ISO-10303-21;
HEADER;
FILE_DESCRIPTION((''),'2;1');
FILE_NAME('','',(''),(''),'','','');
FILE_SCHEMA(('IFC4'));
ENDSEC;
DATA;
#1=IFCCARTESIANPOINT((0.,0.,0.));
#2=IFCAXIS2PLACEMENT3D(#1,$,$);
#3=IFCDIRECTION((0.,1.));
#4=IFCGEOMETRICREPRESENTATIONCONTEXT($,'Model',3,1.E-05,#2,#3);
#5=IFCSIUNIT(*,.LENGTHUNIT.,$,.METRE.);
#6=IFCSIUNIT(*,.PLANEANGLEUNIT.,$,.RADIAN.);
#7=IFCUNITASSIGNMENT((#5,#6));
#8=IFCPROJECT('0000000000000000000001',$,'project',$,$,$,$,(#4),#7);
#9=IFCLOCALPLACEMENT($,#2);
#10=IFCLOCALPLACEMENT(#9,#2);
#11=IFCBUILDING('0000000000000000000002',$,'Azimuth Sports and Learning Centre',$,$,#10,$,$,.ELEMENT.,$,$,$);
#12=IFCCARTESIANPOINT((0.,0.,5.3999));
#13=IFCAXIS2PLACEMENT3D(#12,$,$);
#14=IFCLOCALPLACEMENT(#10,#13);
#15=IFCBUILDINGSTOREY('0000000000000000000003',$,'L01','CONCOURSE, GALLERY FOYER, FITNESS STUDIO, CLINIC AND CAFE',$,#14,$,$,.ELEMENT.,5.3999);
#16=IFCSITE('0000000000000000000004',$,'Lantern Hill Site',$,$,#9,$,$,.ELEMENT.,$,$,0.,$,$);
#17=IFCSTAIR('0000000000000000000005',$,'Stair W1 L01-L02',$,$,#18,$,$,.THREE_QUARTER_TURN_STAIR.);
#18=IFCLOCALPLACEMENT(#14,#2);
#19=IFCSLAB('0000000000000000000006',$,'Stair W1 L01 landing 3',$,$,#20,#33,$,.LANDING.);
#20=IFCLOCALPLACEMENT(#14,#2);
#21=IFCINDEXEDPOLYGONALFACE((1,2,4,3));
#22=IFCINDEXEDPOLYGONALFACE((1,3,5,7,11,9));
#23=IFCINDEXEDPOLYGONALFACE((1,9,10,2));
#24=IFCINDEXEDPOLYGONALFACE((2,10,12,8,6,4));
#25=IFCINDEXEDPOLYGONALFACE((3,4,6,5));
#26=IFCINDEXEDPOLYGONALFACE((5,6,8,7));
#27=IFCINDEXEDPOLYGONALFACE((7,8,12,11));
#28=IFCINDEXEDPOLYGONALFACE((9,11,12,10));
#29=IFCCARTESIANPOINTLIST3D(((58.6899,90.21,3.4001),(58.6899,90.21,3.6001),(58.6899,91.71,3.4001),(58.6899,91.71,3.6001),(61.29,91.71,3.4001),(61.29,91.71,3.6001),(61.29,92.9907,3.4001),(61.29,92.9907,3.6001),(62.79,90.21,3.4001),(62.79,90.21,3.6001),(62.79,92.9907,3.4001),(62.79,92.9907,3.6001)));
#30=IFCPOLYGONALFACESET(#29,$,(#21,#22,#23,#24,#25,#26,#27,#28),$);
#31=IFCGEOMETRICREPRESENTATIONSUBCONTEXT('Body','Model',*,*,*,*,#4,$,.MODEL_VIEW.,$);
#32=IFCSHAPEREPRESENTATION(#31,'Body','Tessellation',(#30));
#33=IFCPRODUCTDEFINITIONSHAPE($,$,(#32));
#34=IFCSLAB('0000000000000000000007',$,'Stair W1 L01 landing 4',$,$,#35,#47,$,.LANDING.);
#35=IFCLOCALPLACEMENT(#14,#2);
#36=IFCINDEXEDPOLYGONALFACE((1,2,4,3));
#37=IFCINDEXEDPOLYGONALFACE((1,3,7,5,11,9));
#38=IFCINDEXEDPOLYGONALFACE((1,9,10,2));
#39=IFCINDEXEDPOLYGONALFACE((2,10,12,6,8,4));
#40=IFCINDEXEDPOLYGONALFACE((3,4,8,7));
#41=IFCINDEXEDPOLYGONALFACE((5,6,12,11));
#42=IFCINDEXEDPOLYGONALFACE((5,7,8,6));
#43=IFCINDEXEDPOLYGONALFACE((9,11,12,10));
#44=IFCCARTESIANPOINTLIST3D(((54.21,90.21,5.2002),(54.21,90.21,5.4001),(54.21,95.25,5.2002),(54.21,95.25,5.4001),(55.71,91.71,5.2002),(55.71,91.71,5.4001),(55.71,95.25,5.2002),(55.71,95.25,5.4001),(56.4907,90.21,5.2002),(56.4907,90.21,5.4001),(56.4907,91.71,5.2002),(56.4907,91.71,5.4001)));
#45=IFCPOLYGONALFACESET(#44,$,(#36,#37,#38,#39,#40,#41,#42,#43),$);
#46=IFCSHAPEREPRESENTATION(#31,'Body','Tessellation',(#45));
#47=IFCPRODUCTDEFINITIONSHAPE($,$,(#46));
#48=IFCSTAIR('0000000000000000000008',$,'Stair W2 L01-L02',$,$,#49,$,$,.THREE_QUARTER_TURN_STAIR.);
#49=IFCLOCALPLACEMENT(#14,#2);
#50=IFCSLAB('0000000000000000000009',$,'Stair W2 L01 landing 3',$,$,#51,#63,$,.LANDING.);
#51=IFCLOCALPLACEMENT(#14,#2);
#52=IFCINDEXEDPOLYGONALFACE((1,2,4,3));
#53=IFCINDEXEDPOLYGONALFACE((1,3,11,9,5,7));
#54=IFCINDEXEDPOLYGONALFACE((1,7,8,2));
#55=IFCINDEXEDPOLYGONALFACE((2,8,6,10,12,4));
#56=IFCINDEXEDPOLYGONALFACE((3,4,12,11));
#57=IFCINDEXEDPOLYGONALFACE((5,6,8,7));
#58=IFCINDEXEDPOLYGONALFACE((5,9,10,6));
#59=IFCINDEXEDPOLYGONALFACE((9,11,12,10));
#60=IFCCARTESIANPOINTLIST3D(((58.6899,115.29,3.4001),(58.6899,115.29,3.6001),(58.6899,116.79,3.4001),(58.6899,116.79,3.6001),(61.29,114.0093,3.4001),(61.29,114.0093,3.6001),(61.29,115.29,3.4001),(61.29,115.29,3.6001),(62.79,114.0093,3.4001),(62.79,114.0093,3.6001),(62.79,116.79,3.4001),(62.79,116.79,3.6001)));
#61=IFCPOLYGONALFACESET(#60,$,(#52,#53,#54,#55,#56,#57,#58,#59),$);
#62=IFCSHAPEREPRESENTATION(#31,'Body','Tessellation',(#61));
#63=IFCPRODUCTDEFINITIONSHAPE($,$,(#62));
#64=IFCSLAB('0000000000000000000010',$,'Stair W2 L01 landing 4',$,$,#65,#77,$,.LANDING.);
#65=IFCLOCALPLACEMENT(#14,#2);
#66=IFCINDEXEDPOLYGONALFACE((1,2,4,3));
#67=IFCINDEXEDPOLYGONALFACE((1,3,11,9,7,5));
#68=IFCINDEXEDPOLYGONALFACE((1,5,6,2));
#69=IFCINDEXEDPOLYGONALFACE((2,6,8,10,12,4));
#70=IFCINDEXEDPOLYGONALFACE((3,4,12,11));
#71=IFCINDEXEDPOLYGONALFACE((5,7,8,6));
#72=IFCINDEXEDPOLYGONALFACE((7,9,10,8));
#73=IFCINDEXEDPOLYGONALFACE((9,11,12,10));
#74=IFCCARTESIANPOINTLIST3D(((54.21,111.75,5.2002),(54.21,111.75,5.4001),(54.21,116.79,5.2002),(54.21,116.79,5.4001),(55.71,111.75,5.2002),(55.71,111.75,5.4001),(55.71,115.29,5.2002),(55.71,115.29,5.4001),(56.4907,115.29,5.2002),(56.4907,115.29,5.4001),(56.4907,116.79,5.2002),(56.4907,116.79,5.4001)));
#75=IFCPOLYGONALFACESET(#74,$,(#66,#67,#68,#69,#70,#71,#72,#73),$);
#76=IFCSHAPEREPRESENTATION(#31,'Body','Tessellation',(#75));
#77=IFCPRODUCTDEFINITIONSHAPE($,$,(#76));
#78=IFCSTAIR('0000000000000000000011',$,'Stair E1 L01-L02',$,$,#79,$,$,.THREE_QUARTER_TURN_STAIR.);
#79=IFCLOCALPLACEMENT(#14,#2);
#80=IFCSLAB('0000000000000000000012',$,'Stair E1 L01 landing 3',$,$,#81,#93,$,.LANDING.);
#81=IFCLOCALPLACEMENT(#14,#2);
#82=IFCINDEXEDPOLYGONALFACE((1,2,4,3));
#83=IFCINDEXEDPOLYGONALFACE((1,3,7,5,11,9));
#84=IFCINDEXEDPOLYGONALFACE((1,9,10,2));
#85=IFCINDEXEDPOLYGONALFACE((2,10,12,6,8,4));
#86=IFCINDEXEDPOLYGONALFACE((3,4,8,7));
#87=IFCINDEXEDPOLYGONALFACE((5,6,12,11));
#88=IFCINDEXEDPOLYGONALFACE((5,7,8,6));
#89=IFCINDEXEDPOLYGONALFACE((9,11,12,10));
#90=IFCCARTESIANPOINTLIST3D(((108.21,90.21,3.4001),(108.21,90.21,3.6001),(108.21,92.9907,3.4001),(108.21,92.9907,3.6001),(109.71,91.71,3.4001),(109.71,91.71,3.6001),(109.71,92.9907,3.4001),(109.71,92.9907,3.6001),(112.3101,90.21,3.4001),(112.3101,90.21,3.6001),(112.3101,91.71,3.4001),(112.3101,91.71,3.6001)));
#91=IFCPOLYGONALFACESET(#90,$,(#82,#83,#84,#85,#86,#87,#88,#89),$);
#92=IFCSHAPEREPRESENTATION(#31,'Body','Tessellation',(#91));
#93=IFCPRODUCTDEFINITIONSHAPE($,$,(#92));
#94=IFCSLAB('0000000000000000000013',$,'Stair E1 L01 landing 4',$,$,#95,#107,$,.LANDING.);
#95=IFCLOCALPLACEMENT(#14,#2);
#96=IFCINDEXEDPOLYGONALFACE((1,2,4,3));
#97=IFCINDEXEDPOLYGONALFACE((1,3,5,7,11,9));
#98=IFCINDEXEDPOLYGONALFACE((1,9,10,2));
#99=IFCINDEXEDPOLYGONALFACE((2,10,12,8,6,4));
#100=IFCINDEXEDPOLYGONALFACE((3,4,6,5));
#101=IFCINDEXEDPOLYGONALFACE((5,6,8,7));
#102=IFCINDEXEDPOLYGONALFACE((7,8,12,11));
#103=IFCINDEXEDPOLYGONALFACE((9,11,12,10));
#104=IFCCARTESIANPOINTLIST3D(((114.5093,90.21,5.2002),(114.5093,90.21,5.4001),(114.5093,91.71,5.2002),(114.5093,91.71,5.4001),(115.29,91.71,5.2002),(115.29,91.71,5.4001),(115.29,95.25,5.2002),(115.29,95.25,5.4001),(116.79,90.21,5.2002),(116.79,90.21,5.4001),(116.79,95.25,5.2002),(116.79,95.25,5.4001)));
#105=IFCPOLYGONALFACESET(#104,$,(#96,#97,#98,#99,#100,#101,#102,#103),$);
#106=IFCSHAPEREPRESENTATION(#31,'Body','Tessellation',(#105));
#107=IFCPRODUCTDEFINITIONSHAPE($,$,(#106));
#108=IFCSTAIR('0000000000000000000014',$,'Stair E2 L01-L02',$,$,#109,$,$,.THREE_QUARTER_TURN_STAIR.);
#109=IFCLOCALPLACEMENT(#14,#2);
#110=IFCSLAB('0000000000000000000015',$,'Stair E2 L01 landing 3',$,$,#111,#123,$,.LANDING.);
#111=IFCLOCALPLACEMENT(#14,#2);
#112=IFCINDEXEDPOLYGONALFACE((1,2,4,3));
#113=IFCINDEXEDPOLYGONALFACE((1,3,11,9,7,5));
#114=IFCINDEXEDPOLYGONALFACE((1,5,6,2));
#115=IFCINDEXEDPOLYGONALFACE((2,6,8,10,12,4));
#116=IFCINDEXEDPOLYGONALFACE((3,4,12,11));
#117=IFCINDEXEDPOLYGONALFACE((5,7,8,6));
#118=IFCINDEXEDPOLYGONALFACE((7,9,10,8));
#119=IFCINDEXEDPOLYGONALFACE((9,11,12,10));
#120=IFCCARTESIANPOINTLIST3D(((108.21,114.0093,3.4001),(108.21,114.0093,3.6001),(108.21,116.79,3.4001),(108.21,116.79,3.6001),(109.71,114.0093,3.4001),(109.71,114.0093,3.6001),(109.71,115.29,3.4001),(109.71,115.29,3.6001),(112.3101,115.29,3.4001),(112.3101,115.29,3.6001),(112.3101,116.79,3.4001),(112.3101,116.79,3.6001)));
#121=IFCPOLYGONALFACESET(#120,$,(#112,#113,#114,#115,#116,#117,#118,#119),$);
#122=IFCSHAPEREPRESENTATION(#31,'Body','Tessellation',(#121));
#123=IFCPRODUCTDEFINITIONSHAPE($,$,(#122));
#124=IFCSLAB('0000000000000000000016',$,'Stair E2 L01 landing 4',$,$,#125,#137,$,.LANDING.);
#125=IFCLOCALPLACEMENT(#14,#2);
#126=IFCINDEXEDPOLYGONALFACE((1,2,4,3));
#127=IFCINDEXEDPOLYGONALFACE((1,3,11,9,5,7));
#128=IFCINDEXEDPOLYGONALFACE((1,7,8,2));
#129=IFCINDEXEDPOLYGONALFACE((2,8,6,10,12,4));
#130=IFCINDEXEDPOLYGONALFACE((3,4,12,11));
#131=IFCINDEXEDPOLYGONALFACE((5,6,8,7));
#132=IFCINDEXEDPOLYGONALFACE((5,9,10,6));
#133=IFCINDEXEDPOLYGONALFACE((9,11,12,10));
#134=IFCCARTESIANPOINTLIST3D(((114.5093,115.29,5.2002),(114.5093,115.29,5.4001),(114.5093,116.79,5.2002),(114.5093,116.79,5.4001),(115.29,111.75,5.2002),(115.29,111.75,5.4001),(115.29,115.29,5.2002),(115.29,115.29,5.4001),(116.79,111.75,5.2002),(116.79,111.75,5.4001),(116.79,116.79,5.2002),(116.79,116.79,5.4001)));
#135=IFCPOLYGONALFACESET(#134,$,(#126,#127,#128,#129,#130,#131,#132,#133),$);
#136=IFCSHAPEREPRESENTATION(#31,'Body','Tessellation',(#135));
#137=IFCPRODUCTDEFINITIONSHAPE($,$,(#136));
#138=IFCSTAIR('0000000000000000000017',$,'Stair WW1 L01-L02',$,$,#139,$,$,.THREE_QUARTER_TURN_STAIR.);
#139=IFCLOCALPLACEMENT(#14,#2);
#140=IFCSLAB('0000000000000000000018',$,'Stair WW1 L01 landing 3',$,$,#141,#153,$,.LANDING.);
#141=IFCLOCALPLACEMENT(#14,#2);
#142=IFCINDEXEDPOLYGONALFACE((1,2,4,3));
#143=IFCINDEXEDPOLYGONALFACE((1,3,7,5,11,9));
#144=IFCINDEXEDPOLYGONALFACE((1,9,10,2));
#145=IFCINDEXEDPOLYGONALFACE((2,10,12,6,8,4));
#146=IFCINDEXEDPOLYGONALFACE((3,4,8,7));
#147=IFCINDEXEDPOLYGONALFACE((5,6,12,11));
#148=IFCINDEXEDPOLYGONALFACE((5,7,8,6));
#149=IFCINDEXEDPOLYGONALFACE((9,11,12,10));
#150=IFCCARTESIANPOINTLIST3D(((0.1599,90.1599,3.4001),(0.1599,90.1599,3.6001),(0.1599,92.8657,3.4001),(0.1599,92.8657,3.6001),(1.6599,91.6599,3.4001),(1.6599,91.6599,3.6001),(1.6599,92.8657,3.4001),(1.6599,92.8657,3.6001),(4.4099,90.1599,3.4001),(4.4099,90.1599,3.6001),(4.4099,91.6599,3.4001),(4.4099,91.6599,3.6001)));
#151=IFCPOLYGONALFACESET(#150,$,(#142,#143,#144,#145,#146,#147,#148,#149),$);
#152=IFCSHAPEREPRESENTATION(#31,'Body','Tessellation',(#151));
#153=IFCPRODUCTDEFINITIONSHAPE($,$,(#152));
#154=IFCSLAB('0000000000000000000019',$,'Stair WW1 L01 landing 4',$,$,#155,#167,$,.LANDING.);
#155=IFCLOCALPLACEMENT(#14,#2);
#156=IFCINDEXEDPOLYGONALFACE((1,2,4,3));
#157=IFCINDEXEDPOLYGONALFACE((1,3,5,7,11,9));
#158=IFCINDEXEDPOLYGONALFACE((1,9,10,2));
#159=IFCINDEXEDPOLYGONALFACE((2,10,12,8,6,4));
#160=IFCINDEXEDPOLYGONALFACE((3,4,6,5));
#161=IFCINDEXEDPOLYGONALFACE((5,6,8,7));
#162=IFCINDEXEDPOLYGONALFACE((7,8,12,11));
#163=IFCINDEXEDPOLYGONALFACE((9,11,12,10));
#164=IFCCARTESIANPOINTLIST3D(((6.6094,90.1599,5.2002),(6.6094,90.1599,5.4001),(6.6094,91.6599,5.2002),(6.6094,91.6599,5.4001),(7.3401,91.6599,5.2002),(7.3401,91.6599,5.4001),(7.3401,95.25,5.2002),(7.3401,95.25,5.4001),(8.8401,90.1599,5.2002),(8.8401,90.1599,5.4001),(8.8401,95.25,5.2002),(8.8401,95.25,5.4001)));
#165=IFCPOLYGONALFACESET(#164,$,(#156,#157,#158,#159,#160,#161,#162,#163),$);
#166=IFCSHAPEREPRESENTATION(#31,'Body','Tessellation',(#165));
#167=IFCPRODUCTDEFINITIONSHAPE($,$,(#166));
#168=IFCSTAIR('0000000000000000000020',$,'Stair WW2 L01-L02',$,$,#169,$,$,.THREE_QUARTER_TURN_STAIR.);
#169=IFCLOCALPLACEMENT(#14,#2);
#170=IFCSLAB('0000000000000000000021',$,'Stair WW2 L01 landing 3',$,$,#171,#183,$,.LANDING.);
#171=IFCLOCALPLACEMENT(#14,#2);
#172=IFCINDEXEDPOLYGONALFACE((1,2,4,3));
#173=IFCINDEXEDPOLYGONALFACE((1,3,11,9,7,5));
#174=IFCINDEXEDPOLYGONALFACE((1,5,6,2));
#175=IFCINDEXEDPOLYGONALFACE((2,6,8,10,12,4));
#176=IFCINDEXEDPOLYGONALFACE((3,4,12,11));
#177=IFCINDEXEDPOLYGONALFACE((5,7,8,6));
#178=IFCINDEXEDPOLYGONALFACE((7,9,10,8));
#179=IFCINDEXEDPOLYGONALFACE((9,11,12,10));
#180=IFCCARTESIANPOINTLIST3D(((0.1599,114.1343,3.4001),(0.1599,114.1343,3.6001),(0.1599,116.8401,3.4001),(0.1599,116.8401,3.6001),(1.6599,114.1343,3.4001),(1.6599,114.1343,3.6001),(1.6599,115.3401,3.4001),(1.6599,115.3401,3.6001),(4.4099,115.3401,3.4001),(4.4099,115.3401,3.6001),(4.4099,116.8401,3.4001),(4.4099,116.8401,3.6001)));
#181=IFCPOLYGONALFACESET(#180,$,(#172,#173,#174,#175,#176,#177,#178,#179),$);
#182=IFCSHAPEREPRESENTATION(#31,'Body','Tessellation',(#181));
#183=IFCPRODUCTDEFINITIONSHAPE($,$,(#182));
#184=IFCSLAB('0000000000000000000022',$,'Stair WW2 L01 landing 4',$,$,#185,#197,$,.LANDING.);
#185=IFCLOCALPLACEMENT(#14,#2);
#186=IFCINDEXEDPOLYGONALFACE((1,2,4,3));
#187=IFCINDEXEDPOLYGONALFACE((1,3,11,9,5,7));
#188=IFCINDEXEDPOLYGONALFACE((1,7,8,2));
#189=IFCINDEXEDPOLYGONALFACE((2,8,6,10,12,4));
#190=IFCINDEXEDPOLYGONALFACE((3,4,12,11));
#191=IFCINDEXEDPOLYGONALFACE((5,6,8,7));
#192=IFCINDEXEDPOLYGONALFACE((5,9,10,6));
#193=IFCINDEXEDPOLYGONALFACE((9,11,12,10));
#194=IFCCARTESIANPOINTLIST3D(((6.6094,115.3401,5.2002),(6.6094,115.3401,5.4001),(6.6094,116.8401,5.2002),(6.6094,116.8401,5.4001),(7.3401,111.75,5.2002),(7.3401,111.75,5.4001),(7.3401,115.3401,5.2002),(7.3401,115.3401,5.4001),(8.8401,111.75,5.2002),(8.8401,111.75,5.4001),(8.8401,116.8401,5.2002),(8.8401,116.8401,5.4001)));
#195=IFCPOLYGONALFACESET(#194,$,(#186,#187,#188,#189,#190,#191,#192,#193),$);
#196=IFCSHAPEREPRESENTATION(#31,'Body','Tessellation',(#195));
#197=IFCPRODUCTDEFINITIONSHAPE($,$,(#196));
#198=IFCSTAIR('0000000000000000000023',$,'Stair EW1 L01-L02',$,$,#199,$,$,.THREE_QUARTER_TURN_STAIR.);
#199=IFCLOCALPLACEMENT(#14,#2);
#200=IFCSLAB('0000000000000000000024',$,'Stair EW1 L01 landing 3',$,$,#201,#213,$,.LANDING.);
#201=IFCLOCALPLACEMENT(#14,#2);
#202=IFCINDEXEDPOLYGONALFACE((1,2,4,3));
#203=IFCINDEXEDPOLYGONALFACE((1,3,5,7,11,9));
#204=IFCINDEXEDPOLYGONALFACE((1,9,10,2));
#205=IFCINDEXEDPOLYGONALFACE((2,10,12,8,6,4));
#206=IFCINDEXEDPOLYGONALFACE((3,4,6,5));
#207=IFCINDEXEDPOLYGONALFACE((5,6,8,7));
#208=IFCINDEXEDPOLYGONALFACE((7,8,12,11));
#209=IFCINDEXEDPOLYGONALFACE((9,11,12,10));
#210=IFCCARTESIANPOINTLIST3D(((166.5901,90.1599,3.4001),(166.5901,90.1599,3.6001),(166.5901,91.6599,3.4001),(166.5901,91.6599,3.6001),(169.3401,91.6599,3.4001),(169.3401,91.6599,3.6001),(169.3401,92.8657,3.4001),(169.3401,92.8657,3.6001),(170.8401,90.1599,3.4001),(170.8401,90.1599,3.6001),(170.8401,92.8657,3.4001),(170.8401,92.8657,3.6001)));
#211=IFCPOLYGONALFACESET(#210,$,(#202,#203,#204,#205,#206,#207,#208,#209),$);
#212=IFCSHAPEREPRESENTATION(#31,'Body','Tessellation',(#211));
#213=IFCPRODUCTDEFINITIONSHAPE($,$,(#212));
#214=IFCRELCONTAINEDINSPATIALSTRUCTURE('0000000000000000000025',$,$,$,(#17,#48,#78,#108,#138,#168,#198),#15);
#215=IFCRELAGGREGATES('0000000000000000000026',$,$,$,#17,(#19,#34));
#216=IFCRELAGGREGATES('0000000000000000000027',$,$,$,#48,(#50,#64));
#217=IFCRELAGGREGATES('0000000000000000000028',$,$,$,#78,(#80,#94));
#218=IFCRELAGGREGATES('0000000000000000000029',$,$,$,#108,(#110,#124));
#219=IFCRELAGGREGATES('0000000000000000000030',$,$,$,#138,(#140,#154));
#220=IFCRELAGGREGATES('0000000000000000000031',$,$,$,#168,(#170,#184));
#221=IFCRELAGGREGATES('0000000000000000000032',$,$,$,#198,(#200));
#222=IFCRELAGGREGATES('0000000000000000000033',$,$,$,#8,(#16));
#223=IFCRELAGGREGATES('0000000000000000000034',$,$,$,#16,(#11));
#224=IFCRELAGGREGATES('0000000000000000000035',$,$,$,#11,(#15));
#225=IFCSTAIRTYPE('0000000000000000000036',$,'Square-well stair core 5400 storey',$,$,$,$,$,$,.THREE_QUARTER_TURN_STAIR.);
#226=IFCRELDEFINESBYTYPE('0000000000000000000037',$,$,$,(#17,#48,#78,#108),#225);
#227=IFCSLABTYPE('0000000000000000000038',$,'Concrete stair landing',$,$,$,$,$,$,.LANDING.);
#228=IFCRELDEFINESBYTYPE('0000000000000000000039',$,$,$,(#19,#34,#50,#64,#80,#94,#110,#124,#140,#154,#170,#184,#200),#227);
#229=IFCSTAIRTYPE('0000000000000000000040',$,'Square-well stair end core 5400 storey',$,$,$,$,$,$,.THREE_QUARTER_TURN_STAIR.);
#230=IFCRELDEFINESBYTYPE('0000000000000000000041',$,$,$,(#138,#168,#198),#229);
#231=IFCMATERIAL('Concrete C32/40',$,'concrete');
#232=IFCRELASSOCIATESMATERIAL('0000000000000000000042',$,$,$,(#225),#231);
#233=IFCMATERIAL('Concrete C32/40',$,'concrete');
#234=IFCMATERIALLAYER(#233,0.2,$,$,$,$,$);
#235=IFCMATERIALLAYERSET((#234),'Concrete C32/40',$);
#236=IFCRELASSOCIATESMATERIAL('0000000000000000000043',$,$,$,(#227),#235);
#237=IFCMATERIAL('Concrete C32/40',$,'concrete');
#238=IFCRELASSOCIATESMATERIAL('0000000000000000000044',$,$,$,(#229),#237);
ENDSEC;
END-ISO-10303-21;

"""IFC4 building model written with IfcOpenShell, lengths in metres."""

from ifc_helpers import new_model, si_unit, direction, frame, origin, place, context, subcontext, project, spatial, polyline, outline, extrude, material, layer, layer_set, type_object, element, aggregate, save


model = new_model("IFC4")

# Units and contexts
model_context = context("Model", 3, precision=1e-05, world=origin(), true_north=direction((0.0, 1.0)))
body_context = subcontext(model_context, "Body", "Model", "MODEL_VIEW")
ifc_project = project(units=[si_unit("LENGTHUNIT", "METRE"), si_unit("PLANEANGLEUNIT", "RADIAN")], contexts=[model_context])

# Site, building, storey
site_placement = place(None, origin())
site = spatial("IfcSite", under=ifc_project, at=site_placement, Name="Lantern Hill Site", CompositionType="ELEMENT", RefElevation=0.0)
building_placement = place(site_placement, origin())
building = spatial("IfcBuilding", under=site, at=building_placement, Name="Azimuth Sports and Learning Centre", CompositionType="ELEMENT")
storey_placement = place(building_placement, frame((0.0, 0.0, 5.3999)))
storey = spatial("IfcBuildingStorey", under=building, at=storey_placement, Name="L01", Description="CONCOURSE, GALLERY FOYER, FITNESS STUDIO, CLINIC AND CAFE", CompositionType="ELEMENT", Elevation=5.3999)

# Stairs, slabs
ifc_material_1 = material(Name="Concrete C32/40", Category="concrete")
stair_type_1 = type_object("IfcStairType", Name="Square-well stair core 5400 storey", PredefinedType="THREE_QUARTER_TURN_STAIR", material=ifc_material_1)
stair_1_placement = place(storey_placement, origin())
stair_1 = element("IfcStair", 1, at=stair_1_placement, inside=storey, type_object=stair_type_1, Name="Stair W1 L01-L02", PredefinedType="THREE_QUARTER_TURN_STAIR")
ifc_material_2 = material(Name="Concrete C32/40", Category="concrete")
ifc_layer = layer(ifc_material_2, 0.2)
ifc_layer_set = layer_set([ifc_layer], Name="Concrete C32/40")
slab_type = type_object("IfcSlabType", Name="Concrete stair landing", PredefinedType="LANDING", material=ifc_layer_set)
slab_1_placement = place(storey_placement, frame((0.0, 0.0, 3.4001)))
slab_1 = element("IfcSlab", 2, at=slab_1_placement, type_object=slab_type, Name="Stair W1 L01 landing 3", PredefinedType="LANDING", context=body_context, shape_type="SweptSolid", body=[
    extrude(outline(polyline([(61.29, 91.71), (58.6899, 91.71), (58.6899, 90.21), (62.79, 90.21), (62.79, 92.9907), (61.29, 92.9907), (61.29, 91.71)])), origin(), (0.0, 0.0, 1.0), 0.2),
])
slab_2_placement = place(storey_placement, frame((0.0, 0.0, 5.2002)))
slab_2 = element("IfcSlab", 3, at=slab_2_placement, type_object=slab_type, Name="Stair W1 L01 landing 4", PredefinedType="LANDING", context=body_context, shape_type="SweptSolid", body=[
    extrude(outline(polyline([(55.71, 91.71), (55.71, 95.25), (54.21, 95.25), (54.21, 90.21), (56.4907, 90.21), (56.4907, 91.71), (55.71, 91.71)])), origin(), (0.0, 0.0, 1.0), 0.2),
])
aggregate(stair_1, [slab_1, slab_2])
stair_2_placement = place(storey_placement, origin())
stair_2 = element("IfcStair", 4, at=stair_2_placement, inside=storey, type_object=stair_type_1, Name="Stair W2 L01-L02", PredefinedType="THREE_QUARTER_TURN_STAIR")
slab_3_placement = place(storey_placement, frame((0.0, 0.0, 3.4001)))
slab_3 = element("IfcSlab", 5, at=slab_3_placement, type_object=slab_type, Name="Stair W2 L01 landing 3", PredefinedType="LANDING", context=body_context, shape_type="SweptSolid", body=[
    extrude(outline(polyline([(61.29, 115.29), (61.29, 114.0093), (62.79, 114.0093), (62.79, 116.79), (58.6899, 116.79), (58.6899, 115.29), (61.29, 115.29)])), origin(), (0.0, 0.0, 1.0), 0.2),
])
slab_4_placement = place(storey_placement, frame((0.0, 0.0, 5.2002)))
slab_4 = element("IfcSlab", 6, at=slab_4_placement, type_object=slab_type, Name="Stair W2 L01 landing 4", PredefinedType="LANDING", context=body_context, shape_type="SweptSolid", body=[
    extrude(outline(polyline([(55.71, 115.29), (56.4907, 115.29), (56.4907, 116.79), (54.21, 116.79), (54.21, 111.75), (55.71, 111.75), (55.71, 115.29)])), origin(), (0.0, 0.0, 1.0), 0.2),
])
aggregate(stair_2, [slab_3, slab_4])
stair_3_placement = place(storey_placement, origin())
stair_3 = element("IfcStair", 7, at=stair_3_placement, inside=storey, type_object=stair_type_1, Name="Stair E1 L01-L02", PredefinedType="THREE_QUARTER_TURN_STAIR")
slab_5_placement = place(storey_placement, frame((0.0, 0.0, 3.4001)))
slab_5 = element("IfcSlab", 8, at=slab_5_placement, type_object=slab_type, Name="Stair E1 L01 landing 3", PredefinedType="LANDING", context=body_context, shape_type="SweptSolid", body=[
    extrude(outline(polyline([(109.71, 91.71), (109.71, 92.9907), (108.21, 92.9907), (108.21, 90.21), (112.3101, 90.21), (112.3101, 91.71), (109.71, 91.71)])), origin(), (0.0, 0.0, 1.0), 0.2),
])
slab_6_placement = place(storey_placement, frame((0.0, 0.0, 5.2002)))
slab_6 = element("IfcSlab", 9, at=slab_6_placement, type_object=slab_type, Name="Stair E1 L01 landing 4", PredefinedType="LANDING", context=body_context, shape_type="SweptSolid", body=[
    extrude(outline(polyline([(115.29, 91.71), (114.5093, 91.71), (114.5093, 90.21), (116.79, 90.21), (116.79, 95.25), (115.29, 95.25), (115.29, 91.71)])), origin(), (0.0, 0.0, 1.0), 0.2),
])
aggregate(stair_3, [slab_5, slab_6])
stair_4_placement = place(storey_placement, origin())
stair_4 = element("IfcStair", 10, at=stair_4_placement, inside=storey, type_object=stair_type_1, Name="Stair E2 L01-L02", PredefinedType="THREE_QUARTER_TURN_STAIR")
slab_7_placement = place(storey_placement, frame((0.0, 0.0, 3.4001)))
slab_7 = element("IfcSlab", 11, at=slab_7_placement, type_object=slab_type, Name="Stair E2 L01 landing 3", PredefinedType="LANDING", context=body_context, shape_type="SweptSolid", body=[
    extrude(outline(polyline([(109.71, 115.29), (112.3101, 115.29), (112.3101, 116.79), (108.21, 116.79), (108.21, 114.0093), (109.71, 114.0093), (109.71, 115.29)])), origin(), (0.0, 0.0, 1.0), 0.2),
])
slab_8_placement = place(storey_placement, frame((0.0, 0.0, 5.2002)))
slab_8 = element("IfcSlab", 12, at=slab_8_placement, type_object=slab_type, Name="Stair E2 L01 landing 4", PredefinedType="LANDING", context=body_context, shape_type="SweptSolid", body=[
    extrude(outline(polyline([(115.29, 115.29), (115.29, 111.75), (116.79, 111.75), (116.79, 116.79), (114.5093, 116.79), (114.5093, 115.29), (115.29, 115.29)])), origin(), (0.0, 0.0, 1.0), 0.2),
])
aggregate(stair_4, [slab_7, slab_8])
ifc_material_3 = material(Name="Concrete C32/40", Category="concrete")
stair_type_2 = type_object("IfcStairType", Name="Square-well stair end core 5400 storey", PredefinedType="THREE_QUARTER_TURN_STAIR", material=ifc_material_3)
stair_5_placement = place(storey_placement, origin())
stair_5 = element("IfcStair", 13, at=stair_5_placement, inside=storey, type_object=stair_type_2, Name="Stair WW1 L01-L02", PredefinedType="THREE_QUARTER_TURN_STAIR")
slab_9_placement = place(storey_placement, frame((0.0, 0.0, 3.4001)))
slab_9 = element("IfcSlab", 14, at=slab_9_placement, type_object=slab_type, Name="Stair WW1 L01 landing 3", PredefinedType="LANDING", context=body_context, shape_type="SweptSolid", body=[
    extrude(outline(polyline([(1.6599, 91.6599), (1.6599, 92.8657), (0.1599, 92.8657), (0.1599, 90.1599), (4.4099, 90.1599), (4.4099, 91.6599), (1.6599, 91.6599)])), origin(), (0.0, 0.0, 1.0), 0.2),
])
slab_10_placement = place(storey_placement, frame((0.0, 0.0, 5.2002)))
slab_10 = element("IfcSlab", 15, at=slab_10_placement, type_object=slab_type, Name="Stair WW1 L01 landing 4", PredefinedType="LANDING", context=body_context, shape_type="SweptSolid", body=[
    extrude(outline(polyline([(7.3401, 91.6599), (6.6094, 91.6599), (6.6094, 90.1599), (8.8401, 90.1599), (8.8401, 95.25), (7.3401, 95.25), (7.3401, 91.6599)])), origin(), (0.0, 0.0, 1.0), 0.2),
])
aggregate(stair_5, [slab_9, slab_10])
stair_6_placement = place(storey_placement, origin())
stair_6 = element("IfcStair", 16, at=stair_6_placement, inside=storey, type_object=stair_type_2, Name="Stair WW2 L01-L02", PredefinedType="THREE_QUARTER_TURN_STAIR")
slab_11_placement = place(storey_placement, frame((0.0, 0.0, 3.4001)))
slab_11 = element("IfcSlab", 17, at=slab_11_placement, type_object=slab_type, Name="Stair WW2 L01 landing 3", PredefinedType="LANDING", context=body_context, shape_type="SweptSolid", body=[
    extrude(outline(polyline([(1.6599, 115.3401), (4.4099, 115.3401), (4.4099, 116.8401), (0.1599, 116.8401), (0.1599, 114.1343), (1.6599, 114.1343), (1.6599, 115.3401)])), origin(), (0.0, 0.0, 1.0), 0.2),
])
slab_12_placement = place(storey_placement, frame((0.0, 0.0, 5.2002)))
slab_12 = element("IfcSlab", 18, at=slab_12_placement, type_object=slab_type, Name="Stair WW2 L01 landing 4", PredefinedType="LANDING", context=body_context, shape_type="SweptSolid", body=[
    extrude(outline(polyline([(7.3401, 115.3401), (7.3401, 111.75), (8.8401, 111.75), (8.8401, 116.8401), (6.6094, 116.8401), (6.6094, 115.3401), (7.3401, 115.3401)])), origin(), (0.0, 0.0, 1.0), 0.2),
])
aggregate(stair_6, [slab_11, slab_12])
stair_7_placement = place(storey_placement, origin())
stair_7 = element("IfcStair", 19, at=stair_7_placement, inside=storey, type_object=stair_type_2, Name="Stair EW1 L01-L02", PredefinedType="THREE_QUARTER_TURN_STAIR")
slab_13_placement = place(storey_placement, frame((0.0, 0.0, 3.4001)))
slab_13 = element("IfcSlab", 20, at=slab_13_placement, type_object=slab_type, Name="Stair EW1 L01 landing 3", PredefinedType="LANDING", context=body_context, shape_type="SweptSolid", body=[
    extrude(outline(polyline([(169.3401, 91.6599), (166.5901, 91.6599), (166.5901, 90.1599), (170.8401, 90.1599), (170.8401, 92.8657), (169.3401, 92.8657), (169.3401, 91.6599)])), origin(), (0.0, 0.0, 1.0), 0.2),
])
aggregate(stair_7, [slab_13])

save(model, "model.ifc")
